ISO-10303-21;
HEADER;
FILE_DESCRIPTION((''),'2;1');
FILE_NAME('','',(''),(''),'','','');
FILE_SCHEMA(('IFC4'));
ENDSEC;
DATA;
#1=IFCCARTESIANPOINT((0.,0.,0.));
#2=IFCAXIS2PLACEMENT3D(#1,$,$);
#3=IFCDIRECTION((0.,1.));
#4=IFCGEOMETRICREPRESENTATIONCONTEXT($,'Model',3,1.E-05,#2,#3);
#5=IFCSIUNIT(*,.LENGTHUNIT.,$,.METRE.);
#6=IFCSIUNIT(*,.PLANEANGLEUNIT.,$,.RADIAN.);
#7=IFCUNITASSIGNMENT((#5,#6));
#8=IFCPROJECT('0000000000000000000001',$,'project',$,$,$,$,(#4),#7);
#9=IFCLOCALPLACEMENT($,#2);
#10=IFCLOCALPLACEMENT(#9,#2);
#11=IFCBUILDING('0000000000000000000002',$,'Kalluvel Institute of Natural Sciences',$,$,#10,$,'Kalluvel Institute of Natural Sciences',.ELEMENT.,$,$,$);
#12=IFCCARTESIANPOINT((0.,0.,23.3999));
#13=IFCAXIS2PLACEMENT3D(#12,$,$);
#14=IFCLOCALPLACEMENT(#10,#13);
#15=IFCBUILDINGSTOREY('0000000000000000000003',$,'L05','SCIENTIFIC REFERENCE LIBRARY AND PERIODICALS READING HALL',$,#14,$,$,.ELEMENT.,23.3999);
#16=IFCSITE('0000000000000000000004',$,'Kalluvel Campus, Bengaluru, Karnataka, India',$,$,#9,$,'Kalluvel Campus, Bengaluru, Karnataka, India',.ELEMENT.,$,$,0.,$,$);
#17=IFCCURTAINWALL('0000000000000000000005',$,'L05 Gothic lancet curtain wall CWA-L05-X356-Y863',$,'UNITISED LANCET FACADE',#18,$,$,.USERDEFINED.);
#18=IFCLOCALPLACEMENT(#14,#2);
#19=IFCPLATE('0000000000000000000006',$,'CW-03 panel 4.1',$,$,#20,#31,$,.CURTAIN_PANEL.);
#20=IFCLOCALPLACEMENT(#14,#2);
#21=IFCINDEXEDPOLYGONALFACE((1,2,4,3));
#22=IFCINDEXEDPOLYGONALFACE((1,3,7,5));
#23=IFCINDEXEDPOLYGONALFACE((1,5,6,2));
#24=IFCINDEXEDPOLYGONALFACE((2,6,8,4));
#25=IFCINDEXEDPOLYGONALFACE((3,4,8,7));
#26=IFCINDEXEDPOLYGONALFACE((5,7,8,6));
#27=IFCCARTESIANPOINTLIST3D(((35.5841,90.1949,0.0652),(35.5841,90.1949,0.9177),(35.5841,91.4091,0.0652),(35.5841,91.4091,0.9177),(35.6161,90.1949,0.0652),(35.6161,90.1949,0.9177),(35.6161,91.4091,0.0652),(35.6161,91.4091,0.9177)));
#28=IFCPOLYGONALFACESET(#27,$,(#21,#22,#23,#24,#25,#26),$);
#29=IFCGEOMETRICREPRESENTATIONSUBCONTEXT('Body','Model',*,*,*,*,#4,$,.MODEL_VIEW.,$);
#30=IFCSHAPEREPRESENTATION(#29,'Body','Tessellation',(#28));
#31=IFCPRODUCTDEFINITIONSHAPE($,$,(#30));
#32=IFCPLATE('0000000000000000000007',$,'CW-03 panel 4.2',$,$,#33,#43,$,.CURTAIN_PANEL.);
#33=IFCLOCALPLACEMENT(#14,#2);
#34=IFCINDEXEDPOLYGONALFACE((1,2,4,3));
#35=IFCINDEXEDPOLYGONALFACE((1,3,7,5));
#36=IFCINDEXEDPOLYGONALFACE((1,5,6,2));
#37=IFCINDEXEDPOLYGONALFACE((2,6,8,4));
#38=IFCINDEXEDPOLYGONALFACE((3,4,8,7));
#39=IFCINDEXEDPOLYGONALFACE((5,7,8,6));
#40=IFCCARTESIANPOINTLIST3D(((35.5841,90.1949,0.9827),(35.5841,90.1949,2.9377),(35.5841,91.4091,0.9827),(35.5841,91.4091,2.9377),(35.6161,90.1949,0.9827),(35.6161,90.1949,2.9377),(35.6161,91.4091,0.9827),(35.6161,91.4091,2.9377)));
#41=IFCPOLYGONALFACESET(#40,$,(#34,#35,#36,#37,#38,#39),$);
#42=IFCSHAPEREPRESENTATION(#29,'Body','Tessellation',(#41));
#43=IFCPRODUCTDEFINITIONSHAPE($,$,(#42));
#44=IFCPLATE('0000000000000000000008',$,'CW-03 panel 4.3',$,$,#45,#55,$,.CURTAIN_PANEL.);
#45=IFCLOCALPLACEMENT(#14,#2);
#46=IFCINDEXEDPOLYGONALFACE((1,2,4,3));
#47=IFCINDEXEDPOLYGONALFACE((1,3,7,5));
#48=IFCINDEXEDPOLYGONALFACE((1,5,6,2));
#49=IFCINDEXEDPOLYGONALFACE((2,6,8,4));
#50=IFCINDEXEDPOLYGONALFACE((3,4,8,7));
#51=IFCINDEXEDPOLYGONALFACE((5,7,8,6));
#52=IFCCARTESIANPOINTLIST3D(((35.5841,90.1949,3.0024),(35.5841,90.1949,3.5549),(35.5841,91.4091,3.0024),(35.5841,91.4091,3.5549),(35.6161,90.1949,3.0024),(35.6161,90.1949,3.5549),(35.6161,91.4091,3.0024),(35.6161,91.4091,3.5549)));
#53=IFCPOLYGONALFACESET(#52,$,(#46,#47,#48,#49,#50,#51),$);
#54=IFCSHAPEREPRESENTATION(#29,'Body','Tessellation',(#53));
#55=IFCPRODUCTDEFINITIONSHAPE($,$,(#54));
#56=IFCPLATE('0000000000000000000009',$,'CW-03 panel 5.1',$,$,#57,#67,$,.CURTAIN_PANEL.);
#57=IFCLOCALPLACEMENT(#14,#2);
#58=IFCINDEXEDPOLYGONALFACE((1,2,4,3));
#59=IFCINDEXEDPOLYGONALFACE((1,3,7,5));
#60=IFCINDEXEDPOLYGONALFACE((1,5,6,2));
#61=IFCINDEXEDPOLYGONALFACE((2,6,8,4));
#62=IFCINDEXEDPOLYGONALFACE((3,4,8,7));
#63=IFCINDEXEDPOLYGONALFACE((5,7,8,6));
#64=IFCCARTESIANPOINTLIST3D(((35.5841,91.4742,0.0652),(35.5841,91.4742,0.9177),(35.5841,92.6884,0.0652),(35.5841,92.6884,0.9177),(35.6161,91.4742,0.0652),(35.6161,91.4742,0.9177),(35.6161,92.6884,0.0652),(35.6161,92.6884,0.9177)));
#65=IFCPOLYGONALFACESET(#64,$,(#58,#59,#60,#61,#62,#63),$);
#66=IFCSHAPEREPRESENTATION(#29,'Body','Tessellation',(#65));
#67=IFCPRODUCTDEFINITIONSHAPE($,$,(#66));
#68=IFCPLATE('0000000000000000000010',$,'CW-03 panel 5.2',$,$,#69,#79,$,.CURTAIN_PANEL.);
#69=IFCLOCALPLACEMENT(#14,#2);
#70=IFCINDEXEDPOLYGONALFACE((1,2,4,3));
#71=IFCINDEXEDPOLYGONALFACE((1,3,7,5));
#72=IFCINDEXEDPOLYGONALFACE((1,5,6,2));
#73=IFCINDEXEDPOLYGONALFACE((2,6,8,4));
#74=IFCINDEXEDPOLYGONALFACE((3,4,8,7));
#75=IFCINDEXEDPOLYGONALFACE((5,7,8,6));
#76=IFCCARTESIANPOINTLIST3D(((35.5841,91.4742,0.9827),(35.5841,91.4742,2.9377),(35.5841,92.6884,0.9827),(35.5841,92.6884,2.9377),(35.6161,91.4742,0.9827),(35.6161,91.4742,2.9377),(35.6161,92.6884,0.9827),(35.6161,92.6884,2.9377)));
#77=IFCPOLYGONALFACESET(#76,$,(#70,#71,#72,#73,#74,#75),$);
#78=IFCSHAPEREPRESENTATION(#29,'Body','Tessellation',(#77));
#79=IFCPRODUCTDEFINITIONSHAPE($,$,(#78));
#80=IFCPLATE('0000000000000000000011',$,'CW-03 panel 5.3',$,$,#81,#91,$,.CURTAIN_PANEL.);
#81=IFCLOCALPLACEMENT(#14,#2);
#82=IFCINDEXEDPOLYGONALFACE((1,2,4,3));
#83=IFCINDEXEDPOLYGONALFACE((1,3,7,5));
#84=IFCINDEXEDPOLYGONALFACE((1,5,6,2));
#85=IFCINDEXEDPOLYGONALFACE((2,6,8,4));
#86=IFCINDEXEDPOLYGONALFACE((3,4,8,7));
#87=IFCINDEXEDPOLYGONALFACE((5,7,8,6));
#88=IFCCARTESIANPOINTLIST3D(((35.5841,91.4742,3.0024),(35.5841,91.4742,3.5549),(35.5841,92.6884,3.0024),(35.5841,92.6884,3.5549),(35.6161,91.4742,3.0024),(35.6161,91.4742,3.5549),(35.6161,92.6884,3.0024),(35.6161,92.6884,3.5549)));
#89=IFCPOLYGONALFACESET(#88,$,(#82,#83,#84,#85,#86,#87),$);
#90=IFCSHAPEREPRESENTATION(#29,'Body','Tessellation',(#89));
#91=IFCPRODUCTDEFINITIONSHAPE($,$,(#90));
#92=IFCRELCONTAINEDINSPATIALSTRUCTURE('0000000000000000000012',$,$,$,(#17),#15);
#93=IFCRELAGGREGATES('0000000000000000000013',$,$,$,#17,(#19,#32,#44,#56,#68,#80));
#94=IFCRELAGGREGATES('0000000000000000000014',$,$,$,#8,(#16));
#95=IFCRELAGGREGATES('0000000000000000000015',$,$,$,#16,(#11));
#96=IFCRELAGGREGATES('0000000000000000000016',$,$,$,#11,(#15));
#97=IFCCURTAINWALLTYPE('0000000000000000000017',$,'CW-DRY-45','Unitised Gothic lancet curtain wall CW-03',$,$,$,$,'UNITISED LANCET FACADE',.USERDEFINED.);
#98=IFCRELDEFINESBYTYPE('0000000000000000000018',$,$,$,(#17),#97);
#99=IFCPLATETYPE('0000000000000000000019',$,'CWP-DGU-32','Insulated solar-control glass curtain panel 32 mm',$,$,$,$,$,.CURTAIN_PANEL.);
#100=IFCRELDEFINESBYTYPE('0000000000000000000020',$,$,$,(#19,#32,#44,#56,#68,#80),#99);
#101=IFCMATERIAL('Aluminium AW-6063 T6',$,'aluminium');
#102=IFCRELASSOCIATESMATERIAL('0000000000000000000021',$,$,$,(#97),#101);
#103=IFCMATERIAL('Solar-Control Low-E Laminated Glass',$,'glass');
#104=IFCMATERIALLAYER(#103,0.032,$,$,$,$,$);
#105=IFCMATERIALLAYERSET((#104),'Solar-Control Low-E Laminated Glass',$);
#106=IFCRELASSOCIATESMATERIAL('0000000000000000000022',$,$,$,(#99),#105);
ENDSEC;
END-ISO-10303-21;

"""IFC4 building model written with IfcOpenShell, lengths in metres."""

from ifc_helpers import new_model, si_unit, direction, frame, origin, origin_2d, place, context, subcontext, project, spatial, rectangle, extrude, material, layer, layer_set, type_object, element, aggregate, save


model = new_model("IFC4")

# Units and contexts
model_context = context("Model", 3, precision=1e-05, world=origin(), true_north=direction((0.0, 1.0)))
body_context = subcontext(model_context, "Body", "Model", "MODEL_VIEW")
ifc_project = project(units=[si_unit("LENGTHUNIT", "METRE"), si_unit("PLANEANGLEUNIT", "RADIAN")], contexts=[model_context])

# Site, building, storey
site_placement = place(None, origin())
site = spatial("IfcSite", under=ifc_project, at=site_placement, Name="Kalluvel Campus, Bengaluru, Karnataka, India", LongName="Kalluvel Campus, Bengaluru, Karnataka, India", CompositionType="ELEMENT", RefElevation=0.0)
building_placement = place(site_placement, origin())
building = spatial("IfcBuilding", under=site, at=building_placement, Name="Kalluvel Institute of Natural Sciences", LongName="Kalluvel Institute of Natural Sciences", CompositionType="ELEMENT")
storey_placement = place(building_placement, frame((0.0, 0.0, 23.3999)))
storey = spatial("IfcBuildingStorey", under=building, at=storey_placement, Name="L05", Description="SCIENTIFIC REFERENCE LIBRARY AND PERIODICALS READING HALL", CompositionType="ELEMENT", Elevation=23.3999)

# Curtain wall, plates
ifc_material_1 = material(Name="Aluminium AW-6063 T6", Category="aluminium")
curtain_wall_type = type_object("IfcCurtainWallType", Name="CW-DRY-45", Description="Unitised Gothic lancet curtain wall CW-03", ElementType="UNITISED LANCET FACADE", PredefinedType="USERDEFINED", material=ifc_material_1)
curtain_wall_placement = place(storey_placement, origin())
curtain_wall = element("IfcCurtainWall", 1, at=curtain_wall_placement, inside=storey, type_object=curtain_wall_type, Name="L05 Gothic lancet curtain wall CWA-L05-X356-Y863", ObjectType="UNITISED LANCET FACADE", PredefinedType="USERDEFINED")
ifc_material_2 = material(Name="Solar-Control Low-E Laminated Glass", Category="glass")
ifc_layer = layer(ifc_material_2, 0.032)
ifc_layer_set = layer_set([ifc_layer], Name="Solar-Control Low-E Laminated Glass")
plate_type = type_object("IfcPlateType", Name="CWP-DGU-32", Description="Insulated solar-control glass curtain panel 32 mm", PredefinedType="CURTAIN_PANEL", material=ifc_layer_set)
plate_1_placement = place(storey_placement, frame((35.6001, 90.802, 0.0652), z_axis=(0.0, 0.0, 1.0), x_axis=(0.0, 1.0, 0.0)))
plate_1 = element("IfcPlate", 2, at=plate_1_placement, type_object=plate_type, Name="CW-03 panel 4.1", PredefinedType="CURTAIN_PANEL", context=body_context, shape_type="SweptSolid", body=[
    extrude(rectangle(XDim=1.2141, YDim=0.032, at=origin_2d()), origin(), (0.0, 0.0, 1.0), 0.8525),
])
plate_2_placement = place(storey_placement, frame((35.6001, 90.802, 0.9827), z_axis=(0.0, 0.0, 1.0), x_axis=(0.0, 1.0, 0.0)))
plate_2 = element("IfcPlate", 3, at=plate_2_placement, type_object=plate_type, Name="CW-03 panel 4.2", PredefinedType="CURTAIN_PANEL", context=body_context, shape_type="SweptSolid", body=[
    extrude(rectangle(XDim=1.2141, YDim=0.032, at=origin_2d()), origin(), (0.0, 0.0, 1.0), 1.9551),
])
plate_3_placement = place(storey_placement, frame((35.6001, 90.802, 3.0024), z_axis=(0.0, 0.0, 1.0), x_axis=(0.0, 1.0, 0.0)))
plate_3 = element("IfcPlate", 4, at=plate_3_placement, type_object=plate_type, Name="CW-03 panel 4.3", PredefinedType="CURTAIN_PANEL", context=body_context, shape_type="SweptSolid", body=[
    extrude(rectangle(XDim=1.2141, YDim=0.032, at=origin_2d()), origin(), (0.0, 0.0, 1.0), 0.5525),
])
plate_4_placement = place(storey_placement, frame((35.6001, 92.0813, 0.0652), z_axis=(0.0, 0.0, 1.0), x_axis=(0.0, 1.0, 0.0)))
plate_4 = element("IfcPlate", 5, at=plate_4_placement, type_object=plate_type, Name="CW-03 panel 5.1", PredefinedType="CURTAIN_PANEL", context=body_context, shape_type="SweptSolid", body=[
    extrude(rectangle(XDim=1.2141, YDim=0.032, at=origin_2d()), origin(), (0.0, 0.0, 1.0), 0.8525),
])
plate_5_placement = place(storey_placement, frame((35.6001, 92.0813, 0.9827), z_axis=(0.0, 0.0, 1.0), x_axis=(0.0, 1.0, 0.0)))
plate_5 = element("IfcPlate", 6, at=plate_5_placement, type_object=plate_type, Name="CW-03 panel 5.2", PredefinedType="CURTAIN_PANEL", context=body_context, shape_type="SweptSolid", body=[
    extrude(rectangle(XDim=1.2141, YDim=0.032, at=origin_2d()), origin(), (0.0, 0.0, 1.0), 1.9551),
])
plate_6_placement = place(storey_placement, frame((35.6001, 92.0813, 3.0024), z_axis=(0.0, 0.0, 1.0), x_axis=(0.0, 1.0, 0.0)))
plate_6 = element("IfcPlate", 7, at=plate_6_placement, type_object=plate_type, Name="CW-03 panel 5.3", PredefinedType="CURTAIN_PANEL", context=body_context, shape_type="SweptSolid", body=[
    extrude(rectangle(XDim=1.2141, YDim=0.032, at=origin_2d()), origin(), (0.0, 0.0, 1.0), 0.5525),
])
aggregate(curtain_wall, [plate_1, plate_2, plate_3, plate_4, plate_5, plate_6])

save(model, "model.ifc")
